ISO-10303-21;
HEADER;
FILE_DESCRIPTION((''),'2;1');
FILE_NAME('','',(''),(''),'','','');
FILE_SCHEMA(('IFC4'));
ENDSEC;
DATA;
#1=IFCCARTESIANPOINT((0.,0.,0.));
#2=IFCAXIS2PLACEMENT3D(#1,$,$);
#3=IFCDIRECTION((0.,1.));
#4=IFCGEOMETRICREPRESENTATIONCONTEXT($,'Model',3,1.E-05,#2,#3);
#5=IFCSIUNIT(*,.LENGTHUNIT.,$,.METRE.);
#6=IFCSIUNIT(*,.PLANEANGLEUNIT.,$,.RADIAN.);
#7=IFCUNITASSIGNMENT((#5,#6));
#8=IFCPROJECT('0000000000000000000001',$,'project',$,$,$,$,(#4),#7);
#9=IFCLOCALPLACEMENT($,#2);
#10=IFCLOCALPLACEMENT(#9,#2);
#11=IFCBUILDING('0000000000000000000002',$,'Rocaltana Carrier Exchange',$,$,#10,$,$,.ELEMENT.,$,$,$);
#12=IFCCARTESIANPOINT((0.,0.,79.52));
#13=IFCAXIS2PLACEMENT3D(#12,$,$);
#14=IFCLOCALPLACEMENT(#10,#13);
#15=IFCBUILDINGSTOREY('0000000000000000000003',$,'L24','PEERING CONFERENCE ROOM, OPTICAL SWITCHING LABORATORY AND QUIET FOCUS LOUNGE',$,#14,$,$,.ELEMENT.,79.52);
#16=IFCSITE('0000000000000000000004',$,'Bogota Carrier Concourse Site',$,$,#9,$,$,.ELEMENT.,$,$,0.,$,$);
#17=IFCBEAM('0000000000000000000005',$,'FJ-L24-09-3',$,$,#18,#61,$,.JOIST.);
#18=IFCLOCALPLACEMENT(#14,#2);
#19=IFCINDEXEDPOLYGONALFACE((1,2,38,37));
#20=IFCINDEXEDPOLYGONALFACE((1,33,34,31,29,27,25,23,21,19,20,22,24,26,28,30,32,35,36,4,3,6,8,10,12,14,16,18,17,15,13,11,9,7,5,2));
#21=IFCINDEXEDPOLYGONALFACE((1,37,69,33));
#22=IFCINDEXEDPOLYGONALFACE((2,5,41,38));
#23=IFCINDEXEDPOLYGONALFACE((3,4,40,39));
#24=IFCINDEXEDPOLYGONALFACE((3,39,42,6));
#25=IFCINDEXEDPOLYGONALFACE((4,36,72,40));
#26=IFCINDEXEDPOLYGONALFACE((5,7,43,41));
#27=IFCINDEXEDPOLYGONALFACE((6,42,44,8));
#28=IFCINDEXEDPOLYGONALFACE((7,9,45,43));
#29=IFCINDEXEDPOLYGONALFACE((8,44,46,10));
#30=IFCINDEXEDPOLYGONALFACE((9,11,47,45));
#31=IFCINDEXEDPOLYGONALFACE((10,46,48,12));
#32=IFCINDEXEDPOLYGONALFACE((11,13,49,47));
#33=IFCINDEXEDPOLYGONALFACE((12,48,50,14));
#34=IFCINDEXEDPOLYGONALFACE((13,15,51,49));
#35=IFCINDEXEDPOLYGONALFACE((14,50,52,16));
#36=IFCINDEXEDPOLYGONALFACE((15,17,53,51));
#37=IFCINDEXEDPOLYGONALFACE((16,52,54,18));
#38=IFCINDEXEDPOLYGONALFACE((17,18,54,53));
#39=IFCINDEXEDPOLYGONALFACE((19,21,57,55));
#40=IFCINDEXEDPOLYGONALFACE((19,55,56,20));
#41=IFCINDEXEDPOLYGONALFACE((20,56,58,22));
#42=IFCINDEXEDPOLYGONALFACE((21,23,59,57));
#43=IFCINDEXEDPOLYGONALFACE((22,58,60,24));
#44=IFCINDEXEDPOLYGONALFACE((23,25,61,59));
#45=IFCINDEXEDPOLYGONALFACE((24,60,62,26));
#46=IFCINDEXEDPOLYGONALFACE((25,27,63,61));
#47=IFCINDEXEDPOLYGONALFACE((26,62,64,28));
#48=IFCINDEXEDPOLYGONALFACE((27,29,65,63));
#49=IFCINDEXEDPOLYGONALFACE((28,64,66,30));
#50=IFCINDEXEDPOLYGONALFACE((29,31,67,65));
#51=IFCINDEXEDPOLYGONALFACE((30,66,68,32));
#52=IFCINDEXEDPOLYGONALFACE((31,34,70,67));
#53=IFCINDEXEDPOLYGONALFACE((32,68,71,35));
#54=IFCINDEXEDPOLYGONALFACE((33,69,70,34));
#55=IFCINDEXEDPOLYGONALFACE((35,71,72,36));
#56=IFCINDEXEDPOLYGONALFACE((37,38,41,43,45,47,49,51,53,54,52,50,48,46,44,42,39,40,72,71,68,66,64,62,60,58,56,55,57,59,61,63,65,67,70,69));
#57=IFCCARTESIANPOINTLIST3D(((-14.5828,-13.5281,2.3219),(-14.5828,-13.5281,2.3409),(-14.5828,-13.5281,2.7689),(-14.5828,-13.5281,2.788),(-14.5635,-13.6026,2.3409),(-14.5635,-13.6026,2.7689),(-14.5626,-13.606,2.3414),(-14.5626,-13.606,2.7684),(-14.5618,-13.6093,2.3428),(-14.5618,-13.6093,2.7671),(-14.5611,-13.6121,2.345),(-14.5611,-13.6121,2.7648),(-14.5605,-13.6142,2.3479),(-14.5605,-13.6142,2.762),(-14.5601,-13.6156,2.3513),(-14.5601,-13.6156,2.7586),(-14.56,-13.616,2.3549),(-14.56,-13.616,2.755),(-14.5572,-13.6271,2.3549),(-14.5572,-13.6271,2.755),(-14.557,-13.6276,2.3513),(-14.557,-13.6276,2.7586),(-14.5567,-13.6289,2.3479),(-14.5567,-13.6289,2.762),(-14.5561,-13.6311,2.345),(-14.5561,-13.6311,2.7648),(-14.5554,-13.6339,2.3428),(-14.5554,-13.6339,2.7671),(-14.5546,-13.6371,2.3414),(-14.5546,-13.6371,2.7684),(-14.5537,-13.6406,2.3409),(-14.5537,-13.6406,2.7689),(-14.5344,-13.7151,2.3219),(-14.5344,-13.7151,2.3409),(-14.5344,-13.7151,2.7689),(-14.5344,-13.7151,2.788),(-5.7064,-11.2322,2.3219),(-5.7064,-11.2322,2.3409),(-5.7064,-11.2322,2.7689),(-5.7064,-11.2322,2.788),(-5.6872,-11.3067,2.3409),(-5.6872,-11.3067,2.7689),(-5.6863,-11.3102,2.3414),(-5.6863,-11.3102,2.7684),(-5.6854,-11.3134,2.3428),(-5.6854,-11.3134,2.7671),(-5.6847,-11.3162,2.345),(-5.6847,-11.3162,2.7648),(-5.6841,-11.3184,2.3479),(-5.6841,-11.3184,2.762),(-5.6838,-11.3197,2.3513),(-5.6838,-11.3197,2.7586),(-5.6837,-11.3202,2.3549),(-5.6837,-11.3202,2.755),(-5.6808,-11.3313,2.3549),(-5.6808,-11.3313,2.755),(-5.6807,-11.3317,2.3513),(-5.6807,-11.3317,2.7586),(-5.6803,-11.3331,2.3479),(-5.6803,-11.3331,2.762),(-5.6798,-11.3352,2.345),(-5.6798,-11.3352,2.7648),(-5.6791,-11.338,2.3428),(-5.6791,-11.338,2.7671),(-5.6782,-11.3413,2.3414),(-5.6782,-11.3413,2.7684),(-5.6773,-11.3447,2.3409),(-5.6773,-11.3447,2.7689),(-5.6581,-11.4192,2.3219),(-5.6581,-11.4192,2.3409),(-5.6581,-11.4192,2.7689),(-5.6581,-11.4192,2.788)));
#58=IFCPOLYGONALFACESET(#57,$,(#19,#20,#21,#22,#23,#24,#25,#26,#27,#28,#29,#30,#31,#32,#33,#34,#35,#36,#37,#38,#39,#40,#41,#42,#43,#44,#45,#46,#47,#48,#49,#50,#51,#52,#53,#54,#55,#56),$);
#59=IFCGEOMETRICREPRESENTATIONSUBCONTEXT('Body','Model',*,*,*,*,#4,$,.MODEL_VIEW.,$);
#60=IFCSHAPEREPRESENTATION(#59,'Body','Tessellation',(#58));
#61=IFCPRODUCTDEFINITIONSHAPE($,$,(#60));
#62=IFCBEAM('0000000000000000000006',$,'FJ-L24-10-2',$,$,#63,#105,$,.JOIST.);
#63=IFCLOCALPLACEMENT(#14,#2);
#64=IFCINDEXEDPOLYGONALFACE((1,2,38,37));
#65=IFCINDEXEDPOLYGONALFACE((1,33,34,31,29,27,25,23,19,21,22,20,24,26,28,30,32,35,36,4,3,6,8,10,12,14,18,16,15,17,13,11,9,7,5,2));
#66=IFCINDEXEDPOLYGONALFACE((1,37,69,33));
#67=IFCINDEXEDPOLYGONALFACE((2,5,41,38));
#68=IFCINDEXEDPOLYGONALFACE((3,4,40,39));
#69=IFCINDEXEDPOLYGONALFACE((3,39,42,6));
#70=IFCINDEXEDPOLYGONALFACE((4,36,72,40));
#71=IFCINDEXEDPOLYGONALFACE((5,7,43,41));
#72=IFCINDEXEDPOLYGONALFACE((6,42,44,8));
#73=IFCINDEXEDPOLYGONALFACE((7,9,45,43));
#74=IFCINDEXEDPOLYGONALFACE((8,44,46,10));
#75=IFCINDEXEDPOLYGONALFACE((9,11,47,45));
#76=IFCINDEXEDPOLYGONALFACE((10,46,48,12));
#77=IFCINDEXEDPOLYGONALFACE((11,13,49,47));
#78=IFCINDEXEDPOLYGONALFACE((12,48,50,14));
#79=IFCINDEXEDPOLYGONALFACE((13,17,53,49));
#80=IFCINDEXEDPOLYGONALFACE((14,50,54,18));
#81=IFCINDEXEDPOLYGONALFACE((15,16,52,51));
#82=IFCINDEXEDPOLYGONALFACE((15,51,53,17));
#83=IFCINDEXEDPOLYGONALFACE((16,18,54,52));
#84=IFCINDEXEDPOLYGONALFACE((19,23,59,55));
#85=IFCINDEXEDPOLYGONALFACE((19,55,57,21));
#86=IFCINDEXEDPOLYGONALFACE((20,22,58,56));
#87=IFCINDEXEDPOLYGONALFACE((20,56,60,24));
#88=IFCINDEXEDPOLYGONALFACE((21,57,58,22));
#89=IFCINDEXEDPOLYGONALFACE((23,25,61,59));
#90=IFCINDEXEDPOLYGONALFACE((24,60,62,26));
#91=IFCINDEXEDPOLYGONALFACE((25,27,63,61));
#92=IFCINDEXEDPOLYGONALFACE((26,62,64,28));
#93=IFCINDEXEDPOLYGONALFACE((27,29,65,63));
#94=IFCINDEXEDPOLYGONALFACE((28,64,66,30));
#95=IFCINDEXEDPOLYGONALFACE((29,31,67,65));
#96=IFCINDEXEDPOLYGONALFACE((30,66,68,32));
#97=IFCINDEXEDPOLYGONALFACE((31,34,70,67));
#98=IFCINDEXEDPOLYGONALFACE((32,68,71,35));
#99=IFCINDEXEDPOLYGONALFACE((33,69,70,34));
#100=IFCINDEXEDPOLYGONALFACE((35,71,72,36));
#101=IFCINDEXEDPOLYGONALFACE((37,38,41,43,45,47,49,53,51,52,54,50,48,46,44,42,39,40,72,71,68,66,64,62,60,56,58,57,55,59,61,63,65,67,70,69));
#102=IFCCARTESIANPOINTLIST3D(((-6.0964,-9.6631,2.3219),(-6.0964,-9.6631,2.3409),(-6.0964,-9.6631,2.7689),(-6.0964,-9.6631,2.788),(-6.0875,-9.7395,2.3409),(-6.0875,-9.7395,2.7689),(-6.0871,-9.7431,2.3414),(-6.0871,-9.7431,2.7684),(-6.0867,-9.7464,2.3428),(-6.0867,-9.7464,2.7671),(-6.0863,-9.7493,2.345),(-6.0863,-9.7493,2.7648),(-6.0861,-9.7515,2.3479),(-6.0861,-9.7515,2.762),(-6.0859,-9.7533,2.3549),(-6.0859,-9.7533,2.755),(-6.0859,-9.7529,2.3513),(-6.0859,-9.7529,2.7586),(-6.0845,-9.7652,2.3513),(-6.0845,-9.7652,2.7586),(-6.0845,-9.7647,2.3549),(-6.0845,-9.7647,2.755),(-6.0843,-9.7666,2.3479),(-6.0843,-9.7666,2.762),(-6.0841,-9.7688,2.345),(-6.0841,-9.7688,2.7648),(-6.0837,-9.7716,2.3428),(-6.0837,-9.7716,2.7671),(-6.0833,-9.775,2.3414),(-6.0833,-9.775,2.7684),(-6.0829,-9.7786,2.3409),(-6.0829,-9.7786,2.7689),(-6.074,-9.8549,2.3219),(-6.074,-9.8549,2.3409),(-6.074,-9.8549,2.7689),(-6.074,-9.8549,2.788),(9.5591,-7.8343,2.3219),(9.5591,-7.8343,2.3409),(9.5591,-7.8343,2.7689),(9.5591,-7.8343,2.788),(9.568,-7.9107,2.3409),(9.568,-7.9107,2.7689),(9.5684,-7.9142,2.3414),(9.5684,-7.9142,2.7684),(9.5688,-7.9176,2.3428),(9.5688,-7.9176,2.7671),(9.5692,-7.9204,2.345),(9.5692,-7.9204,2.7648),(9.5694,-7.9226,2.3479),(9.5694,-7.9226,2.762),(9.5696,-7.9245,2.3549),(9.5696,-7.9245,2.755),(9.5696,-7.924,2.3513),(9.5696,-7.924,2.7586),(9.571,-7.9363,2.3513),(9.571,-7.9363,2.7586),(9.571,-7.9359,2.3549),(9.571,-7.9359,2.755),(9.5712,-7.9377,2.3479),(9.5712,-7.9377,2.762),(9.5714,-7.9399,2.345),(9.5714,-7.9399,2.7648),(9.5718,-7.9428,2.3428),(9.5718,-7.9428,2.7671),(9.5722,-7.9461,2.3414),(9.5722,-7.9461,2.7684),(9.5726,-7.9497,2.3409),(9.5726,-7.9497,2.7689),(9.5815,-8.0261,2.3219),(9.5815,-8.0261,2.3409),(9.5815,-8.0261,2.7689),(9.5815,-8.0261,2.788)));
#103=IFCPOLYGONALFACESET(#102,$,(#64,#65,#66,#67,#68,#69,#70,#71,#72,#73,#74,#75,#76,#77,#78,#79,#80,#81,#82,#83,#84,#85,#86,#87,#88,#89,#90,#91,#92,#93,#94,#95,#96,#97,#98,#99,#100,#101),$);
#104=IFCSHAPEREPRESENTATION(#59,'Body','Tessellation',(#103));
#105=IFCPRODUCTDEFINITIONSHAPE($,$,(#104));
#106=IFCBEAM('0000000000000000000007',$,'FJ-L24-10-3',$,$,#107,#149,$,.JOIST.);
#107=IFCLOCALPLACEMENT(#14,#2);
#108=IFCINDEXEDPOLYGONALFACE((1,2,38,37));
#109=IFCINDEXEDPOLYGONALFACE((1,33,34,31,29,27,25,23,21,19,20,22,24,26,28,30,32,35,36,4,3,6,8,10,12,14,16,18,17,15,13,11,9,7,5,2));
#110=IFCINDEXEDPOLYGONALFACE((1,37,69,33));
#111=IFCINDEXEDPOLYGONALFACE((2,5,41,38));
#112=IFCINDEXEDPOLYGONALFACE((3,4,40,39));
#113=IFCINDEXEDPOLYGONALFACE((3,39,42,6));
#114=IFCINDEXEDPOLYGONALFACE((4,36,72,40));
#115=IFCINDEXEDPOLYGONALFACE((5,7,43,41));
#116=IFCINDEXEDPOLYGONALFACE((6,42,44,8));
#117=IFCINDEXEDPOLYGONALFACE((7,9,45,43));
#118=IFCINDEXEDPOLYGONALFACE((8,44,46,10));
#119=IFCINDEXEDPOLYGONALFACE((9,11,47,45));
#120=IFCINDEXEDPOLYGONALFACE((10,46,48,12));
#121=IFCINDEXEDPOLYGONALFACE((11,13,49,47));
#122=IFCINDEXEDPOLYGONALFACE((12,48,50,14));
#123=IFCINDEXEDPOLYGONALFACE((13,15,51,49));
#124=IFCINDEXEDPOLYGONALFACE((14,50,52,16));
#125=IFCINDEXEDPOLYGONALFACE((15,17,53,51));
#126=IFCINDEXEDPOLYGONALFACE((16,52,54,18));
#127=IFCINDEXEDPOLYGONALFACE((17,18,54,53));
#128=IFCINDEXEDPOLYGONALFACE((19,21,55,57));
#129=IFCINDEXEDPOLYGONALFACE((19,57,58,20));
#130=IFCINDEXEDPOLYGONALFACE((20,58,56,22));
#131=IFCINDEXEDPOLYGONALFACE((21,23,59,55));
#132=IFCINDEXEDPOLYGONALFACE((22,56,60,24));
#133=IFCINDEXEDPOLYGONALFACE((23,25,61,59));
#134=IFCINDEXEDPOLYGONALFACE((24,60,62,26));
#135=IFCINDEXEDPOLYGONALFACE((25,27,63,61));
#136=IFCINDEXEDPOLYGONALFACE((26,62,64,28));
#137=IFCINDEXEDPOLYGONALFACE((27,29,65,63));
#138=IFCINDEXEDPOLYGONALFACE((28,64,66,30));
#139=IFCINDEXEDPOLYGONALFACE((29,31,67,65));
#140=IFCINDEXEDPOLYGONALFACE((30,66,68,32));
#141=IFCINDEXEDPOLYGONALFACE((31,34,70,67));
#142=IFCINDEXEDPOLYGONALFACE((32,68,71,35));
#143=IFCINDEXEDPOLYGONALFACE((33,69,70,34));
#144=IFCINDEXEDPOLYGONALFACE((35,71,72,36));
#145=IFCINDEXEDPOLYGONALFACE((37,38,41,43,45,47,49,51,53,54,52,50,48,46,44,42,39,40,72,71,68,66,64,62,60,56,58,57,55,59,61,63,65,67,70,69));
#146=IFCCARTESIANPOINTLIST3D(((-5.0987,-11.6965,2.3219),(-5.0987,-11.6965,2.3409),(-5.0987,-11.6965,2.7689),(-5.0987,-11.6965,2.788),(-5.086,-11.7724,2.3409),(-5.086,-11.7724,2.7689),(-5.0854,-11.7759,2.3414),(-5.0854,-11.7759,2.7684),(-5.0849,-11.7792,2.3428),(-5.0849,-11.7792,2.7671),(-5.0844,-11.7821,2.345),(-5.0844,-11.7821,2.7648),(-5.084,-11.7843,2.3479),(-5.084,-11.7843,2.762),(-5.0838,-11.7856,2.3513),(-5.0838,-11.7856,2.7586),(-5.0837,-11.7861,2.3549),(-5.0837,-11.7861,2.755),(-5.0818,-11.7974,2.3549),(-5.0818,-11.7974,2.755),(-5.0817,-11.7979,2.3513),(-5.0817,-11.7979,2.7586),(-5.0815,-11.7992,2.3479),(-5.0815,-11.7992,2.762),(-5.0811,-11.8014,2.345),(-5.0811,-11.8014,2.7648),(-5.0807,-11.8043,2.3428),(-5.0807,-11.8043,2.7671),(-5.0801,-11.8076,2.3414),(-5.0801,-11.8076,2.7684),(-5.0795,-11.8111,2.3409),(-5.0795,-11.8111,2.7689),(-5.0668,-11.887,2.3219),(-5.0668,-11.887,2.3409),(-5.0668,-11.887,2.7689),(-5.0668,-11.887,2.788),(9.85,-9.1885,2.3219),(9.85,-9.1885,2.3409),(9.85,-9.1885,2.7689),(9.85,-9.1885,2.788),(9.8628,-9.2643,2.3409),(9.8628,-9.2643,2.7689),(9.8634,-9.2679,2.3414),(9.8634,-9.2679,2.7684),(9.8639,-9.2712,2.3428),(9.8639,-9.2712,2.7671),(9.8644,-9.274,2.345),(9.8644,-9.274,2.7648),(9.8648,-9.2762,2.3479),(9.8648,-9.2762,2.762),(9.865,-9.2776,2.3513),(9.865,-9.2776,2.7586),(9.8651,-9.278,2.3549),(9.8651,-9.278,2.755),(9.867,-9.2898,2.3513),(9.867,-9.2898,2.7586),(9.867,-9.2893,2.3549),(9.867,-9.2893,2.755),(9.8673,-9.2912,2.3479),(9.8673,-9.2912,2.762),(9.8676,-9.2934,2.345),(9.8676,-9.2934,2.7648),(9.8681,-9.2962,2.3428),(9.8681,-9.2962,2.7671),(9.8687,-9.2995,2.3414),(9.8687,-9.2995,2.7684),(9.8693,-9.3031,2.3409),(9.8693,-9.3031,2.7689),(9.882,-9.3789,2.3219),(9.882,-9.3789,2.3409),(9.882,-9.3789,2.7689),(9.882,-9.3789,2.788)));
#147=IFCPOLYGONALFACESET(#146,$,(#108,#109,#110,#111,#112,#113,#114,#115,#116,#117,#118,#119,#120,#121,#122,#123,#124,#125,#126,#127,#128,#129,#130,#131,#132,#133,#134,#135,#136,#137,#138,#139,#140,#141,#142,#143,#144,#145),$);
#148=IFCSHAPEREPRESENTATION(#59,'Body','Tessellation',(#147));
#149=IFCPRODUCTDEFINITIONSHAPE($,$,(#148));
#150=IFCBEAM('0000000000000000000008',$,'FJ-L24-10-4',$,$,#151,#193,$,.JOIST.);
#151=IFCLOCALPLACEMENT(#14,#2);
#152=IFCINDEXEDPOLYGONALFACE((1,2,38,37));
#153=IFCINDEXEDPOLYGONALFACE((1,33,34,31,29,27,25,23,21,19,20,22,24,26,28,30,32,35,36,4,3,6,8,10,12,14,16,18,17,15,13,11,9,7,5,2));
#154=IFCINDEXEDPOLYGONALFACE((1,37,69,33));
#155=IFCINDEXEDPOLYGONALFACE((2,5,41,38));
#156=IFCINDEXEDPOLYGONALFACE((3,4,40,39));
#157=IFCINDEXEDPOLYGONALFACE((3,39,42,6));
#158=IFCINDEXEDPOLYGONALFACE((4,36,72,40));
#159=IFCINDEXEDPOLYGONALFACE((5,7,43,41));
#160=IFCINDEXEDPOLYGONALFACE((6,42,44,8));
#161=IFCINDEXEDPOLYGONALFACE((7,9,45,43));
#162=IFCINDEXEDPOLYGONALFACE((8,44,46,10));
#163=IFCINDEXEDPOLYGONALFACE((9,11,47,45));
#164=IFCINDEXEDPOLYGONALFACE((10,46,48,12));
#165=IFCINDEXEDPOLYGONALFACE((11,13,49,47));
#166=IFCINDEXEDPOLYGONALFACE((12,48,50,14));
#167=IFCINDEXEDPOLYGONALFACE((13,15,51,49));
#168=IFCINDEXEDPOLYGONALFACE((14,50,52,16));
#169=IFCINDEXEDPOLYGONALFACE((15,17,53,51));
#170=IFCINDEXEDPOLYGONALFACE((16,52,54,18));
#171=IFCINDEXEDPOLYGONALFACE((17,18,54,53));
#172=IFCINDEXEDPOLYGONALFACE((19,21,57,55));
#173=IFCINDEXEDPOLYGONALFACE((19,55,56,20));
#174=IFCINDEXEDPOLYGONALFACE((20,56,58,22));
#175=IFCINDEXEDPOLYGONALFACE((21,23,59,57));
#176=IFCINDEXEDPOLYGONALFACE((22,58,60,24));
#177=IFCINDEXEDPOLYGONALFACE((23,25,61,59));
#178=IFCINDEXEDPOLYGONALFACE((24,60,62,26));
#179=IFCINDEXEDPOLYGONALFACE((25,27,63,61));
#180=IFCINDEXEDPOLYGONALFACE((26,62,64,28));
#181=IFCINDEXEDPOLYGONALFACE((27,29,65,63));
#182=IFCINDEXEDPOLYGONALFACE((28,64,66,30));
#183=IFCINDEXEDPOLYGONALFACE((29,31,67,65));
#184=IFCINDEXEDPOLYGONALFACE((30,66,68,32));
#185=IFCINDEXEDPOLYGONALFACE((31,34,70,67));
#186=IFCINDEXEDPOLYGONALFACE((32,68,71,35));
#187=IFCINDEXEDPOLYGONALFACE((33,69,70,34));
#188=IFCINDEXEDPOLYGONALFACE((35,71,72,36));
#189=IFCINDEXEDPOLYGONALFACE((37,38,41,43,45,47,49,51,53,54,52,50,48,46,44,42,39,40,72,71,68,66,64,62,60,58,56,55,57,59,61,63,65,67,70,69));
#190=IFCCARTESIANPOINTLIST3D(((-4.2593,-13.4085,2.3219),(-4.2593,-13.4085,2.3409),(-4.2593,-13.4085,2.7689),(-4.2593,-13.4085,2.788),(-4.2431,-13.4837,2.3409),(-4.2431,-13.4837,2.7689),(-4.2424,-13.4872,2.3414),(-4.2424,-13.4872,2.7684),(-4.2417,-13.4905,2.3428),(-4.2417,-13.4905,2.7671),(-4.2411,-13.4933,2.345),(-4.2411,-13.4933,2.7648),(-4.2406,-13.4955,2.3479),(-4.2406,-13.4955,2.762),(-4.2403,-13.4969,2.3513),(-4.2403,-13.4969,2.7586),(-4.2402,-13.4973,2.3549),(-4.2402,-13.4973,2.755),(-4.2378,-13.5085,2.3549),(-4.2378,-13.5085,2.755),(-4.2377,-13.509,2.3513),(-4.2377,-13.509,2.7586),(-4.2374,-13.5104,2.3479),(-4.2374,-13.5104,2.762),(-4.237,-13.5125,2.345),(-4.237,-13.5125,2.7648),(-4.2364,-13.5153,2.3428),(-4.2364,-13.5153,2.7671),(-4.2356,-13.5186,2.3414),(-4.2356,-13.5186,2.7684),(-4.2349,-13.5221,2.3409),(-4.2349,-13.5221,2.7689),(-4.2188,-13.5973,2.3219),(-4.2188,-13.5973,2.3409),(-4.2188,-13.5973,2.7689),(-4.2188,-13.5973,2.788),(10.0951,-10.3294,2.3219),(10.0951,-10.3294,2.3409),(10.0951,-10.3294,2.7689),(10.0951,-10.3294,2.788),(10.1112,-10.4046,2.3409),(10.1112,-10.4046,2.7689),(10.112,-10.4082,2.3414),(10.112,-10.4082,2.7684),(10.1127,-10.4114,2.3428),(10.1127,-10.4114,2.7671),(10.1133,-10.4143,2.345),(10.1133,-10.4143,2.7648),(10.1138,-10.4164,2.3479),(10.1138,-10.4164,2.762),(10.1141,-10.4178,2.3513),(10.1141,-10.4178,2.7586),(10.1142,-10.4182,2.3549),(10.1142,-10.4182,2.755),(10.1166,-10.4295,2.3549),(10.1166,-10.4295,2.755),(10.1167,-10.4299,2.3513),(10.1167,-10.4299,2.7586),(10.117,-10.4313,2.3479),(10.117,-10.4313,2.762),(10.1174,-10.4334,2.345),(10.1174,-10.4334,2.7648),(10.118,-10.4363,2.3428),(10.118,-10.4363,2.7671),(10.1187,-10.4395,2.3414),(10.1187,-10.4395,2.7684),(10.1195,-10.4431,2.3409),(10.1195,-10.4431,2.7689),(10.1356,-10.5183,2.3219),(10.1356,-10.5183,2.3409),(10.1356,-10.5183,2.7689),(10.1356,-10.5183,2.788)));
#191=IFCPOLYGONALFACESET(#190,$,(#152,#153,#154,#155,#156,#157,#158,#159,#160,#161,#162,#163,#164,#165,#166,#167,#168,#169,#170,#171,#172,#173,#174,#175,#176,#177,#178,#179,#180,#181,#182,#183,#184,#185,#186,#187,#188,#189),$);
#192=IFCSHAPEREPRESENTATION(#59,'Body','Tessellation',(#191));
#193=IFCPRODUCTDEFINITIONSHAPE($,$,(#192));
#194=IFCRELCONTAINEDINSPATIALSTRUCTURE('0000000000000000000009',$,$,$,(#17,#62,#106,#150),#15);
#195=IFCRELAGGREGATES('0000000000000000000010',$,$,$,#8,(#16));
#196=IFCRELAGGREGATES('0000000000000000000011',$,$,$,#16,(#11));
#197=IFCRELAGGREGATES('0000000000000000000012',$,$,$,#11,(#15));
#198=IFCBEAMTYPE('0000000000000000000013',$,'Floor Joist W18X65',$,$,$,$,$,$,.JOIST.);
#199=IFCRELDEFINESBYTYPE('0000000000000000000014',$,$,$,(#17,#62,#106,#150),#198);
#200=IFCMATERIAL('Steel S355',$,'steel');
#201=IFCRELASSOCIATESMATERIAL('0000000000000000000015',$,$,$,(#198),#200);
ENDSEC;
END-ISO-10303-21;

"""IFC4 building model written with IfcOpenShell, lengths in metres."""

from ifc_helpers import new_model, si_unit, direction, frame, origin, origin_2d, place, context, subcontext, project, spatial, i_section, extrude, material, material_profile, profile_set, type_object, element, save


model = new_model("IFC4")

# Units and contexts
model_context = context("Model", 3, precision=1e-05, world=origin(), true_north=direction((0.0, 1.0)))
body_context = subcontext(model_context, "Body", "Model", "MODEL_VIEW")
ifc_project = project(units=[si_unit("LENGTHUNIT", "METRE"), si_unit("PLANEANGLEUNIT", "RADIAN")], contexts=[model_context])

# Site, building, storey
site_placement = place(None, origin())
site = spatial("IfcSite", under=ifc_project, at=site_placement, Name="Bogota Carrier Concourse Site", CompositionType="ELEMENT", RefElevation=0.0)
building_placement = place(site_placement, origin())
building = spatial("IfcBuilding", under=site, at=building_placement, Name="Rocaltana Carrier Exchange", CompositionType="ELEMENT")
storey_placement = place(building_placement, frame((0.0, 0.0, 79.52)))
storey = spatial("IfcBuildingStorey", under=building, at=storey_placement, Name="L24", Description="PEERING CONFERENCE ROOM, OPTICAL SWITCHING LABORATORY AND QUIET FOCUS LOUNGE", CompositionType="ELEMENT", Elevation=79.52)

# Beams
ifc_material_1 = material(Name="Steel S355", Category="steel")
ifc_material_profile_1 = material_profile(ifc_material_1, i_section(OverallWidth=0.1931, OverallDepth=0.4661, WebThickness=0.0115, FlangeThickness=0.019, FilletRadius=0.0139, at=origin_2d()), Name="W18X65")
ifc_profile_set_1 = profile_set([ifc_material_profile_1], Name="Steel S355")
beam_type_1 = type_object("IfcBeamType", Name="Floor Joist W18X65", PredefinedType="JOIST", material=ifc_profile_set_1)
beam_1_placement = place(storey_placement, frame((-14.5586, -13.6216, 2.5549), z_axis=(0.96814, 0.25041, 0.0), x_axis=(-0.25041, 0.96814, 0.0)))
element("IfcBeam", 1, at=beam_1_placement, inside=storey, type_object=beam_type_1, Name="FJ-L24-09-3", PredefinedType="JOIST", context=body_context, shape_type="SweptSolid", body=[
    extrude(i_section(OverallWidth=0.1931, OverallDepth=0.4661, WebThickness=0.0115, FlangeThickness=0.019, FilletRadius=0.0139, at=origin_2d()), origin(), (0.0, 0.0, 1.0), 9.1685),
])
beam_2_placement = place(storey_placement, frame((-6.0852, -9.759, 2.5549), z_axis=(0.993246, 0.11603, 0.0), x_axis=(-0.11603, 0.993246, 0.0)))
element("IfcBeam", 2, at=beam_2_placement, inside=storey, type_object=beam_type_1, Name="FJ-L24-10-2", PredefinedType="JOIST", context=body_context, shape_type="SweptSolid", body=[
    extrude(i_section(OverallWidth=0.1931, OverallDepth=0.4661, WebThickness=0.0115, FlangeThickness=0.019, FilletRadius=0.0139, at=origin_2d()), origin(), (0.0, 0.0, 1.0), 15.762),
])
beam_3_placement = place(storey_placement, frame((-5.0828, -11.7917, 2.5549), z_axis=(0.986216, 0.165465, 0.0), x_axis=(-0.165465, 0.986216, 0.0)))
element("IfcBeam", 3, at=beam_3_placement, inside=storey, type_object=beam_type_1, Name="FJ-L24-10-3", PredefinedType="JOIST", context=body_context, shape_type="SweptSolid", body=[
    extrude(i_section(OverallWidth=0.1931, OverallDepth=0.4661, WebThickness=0.0115, FlangeThickness=0.019, FilletRadius=0.0139, at=origin_2d()), origin(), (0.0, 0.0, 1.0), 15.1577),
])
beam_4_placement = place(storey_placement, frame((-4.239, -13.5029, 2.5549), z_axis=(0.977759, 0.209734, 0.0), x_axis=(-0.209734, 0.977759, 0.0)))
element("IfcBeam", 4, at=beam_4_placement, inside=storey, type_object=beam_type_1, Name="FJ-L24-10-4", PredefinedType="JOIST", context=body_context, shape_type="SweptSolid", body=[
    extrude(i_section(OverallWidth=0.1931, OverallDepth=0.4661, WebThickness=0.0115, FlangeThickness=0.019, FilletRadius=0.0139, at=origin_2d()), origin(), (0.0, 0.0, 1.0), 14.6809),
])

save(model, "model.ifc")
